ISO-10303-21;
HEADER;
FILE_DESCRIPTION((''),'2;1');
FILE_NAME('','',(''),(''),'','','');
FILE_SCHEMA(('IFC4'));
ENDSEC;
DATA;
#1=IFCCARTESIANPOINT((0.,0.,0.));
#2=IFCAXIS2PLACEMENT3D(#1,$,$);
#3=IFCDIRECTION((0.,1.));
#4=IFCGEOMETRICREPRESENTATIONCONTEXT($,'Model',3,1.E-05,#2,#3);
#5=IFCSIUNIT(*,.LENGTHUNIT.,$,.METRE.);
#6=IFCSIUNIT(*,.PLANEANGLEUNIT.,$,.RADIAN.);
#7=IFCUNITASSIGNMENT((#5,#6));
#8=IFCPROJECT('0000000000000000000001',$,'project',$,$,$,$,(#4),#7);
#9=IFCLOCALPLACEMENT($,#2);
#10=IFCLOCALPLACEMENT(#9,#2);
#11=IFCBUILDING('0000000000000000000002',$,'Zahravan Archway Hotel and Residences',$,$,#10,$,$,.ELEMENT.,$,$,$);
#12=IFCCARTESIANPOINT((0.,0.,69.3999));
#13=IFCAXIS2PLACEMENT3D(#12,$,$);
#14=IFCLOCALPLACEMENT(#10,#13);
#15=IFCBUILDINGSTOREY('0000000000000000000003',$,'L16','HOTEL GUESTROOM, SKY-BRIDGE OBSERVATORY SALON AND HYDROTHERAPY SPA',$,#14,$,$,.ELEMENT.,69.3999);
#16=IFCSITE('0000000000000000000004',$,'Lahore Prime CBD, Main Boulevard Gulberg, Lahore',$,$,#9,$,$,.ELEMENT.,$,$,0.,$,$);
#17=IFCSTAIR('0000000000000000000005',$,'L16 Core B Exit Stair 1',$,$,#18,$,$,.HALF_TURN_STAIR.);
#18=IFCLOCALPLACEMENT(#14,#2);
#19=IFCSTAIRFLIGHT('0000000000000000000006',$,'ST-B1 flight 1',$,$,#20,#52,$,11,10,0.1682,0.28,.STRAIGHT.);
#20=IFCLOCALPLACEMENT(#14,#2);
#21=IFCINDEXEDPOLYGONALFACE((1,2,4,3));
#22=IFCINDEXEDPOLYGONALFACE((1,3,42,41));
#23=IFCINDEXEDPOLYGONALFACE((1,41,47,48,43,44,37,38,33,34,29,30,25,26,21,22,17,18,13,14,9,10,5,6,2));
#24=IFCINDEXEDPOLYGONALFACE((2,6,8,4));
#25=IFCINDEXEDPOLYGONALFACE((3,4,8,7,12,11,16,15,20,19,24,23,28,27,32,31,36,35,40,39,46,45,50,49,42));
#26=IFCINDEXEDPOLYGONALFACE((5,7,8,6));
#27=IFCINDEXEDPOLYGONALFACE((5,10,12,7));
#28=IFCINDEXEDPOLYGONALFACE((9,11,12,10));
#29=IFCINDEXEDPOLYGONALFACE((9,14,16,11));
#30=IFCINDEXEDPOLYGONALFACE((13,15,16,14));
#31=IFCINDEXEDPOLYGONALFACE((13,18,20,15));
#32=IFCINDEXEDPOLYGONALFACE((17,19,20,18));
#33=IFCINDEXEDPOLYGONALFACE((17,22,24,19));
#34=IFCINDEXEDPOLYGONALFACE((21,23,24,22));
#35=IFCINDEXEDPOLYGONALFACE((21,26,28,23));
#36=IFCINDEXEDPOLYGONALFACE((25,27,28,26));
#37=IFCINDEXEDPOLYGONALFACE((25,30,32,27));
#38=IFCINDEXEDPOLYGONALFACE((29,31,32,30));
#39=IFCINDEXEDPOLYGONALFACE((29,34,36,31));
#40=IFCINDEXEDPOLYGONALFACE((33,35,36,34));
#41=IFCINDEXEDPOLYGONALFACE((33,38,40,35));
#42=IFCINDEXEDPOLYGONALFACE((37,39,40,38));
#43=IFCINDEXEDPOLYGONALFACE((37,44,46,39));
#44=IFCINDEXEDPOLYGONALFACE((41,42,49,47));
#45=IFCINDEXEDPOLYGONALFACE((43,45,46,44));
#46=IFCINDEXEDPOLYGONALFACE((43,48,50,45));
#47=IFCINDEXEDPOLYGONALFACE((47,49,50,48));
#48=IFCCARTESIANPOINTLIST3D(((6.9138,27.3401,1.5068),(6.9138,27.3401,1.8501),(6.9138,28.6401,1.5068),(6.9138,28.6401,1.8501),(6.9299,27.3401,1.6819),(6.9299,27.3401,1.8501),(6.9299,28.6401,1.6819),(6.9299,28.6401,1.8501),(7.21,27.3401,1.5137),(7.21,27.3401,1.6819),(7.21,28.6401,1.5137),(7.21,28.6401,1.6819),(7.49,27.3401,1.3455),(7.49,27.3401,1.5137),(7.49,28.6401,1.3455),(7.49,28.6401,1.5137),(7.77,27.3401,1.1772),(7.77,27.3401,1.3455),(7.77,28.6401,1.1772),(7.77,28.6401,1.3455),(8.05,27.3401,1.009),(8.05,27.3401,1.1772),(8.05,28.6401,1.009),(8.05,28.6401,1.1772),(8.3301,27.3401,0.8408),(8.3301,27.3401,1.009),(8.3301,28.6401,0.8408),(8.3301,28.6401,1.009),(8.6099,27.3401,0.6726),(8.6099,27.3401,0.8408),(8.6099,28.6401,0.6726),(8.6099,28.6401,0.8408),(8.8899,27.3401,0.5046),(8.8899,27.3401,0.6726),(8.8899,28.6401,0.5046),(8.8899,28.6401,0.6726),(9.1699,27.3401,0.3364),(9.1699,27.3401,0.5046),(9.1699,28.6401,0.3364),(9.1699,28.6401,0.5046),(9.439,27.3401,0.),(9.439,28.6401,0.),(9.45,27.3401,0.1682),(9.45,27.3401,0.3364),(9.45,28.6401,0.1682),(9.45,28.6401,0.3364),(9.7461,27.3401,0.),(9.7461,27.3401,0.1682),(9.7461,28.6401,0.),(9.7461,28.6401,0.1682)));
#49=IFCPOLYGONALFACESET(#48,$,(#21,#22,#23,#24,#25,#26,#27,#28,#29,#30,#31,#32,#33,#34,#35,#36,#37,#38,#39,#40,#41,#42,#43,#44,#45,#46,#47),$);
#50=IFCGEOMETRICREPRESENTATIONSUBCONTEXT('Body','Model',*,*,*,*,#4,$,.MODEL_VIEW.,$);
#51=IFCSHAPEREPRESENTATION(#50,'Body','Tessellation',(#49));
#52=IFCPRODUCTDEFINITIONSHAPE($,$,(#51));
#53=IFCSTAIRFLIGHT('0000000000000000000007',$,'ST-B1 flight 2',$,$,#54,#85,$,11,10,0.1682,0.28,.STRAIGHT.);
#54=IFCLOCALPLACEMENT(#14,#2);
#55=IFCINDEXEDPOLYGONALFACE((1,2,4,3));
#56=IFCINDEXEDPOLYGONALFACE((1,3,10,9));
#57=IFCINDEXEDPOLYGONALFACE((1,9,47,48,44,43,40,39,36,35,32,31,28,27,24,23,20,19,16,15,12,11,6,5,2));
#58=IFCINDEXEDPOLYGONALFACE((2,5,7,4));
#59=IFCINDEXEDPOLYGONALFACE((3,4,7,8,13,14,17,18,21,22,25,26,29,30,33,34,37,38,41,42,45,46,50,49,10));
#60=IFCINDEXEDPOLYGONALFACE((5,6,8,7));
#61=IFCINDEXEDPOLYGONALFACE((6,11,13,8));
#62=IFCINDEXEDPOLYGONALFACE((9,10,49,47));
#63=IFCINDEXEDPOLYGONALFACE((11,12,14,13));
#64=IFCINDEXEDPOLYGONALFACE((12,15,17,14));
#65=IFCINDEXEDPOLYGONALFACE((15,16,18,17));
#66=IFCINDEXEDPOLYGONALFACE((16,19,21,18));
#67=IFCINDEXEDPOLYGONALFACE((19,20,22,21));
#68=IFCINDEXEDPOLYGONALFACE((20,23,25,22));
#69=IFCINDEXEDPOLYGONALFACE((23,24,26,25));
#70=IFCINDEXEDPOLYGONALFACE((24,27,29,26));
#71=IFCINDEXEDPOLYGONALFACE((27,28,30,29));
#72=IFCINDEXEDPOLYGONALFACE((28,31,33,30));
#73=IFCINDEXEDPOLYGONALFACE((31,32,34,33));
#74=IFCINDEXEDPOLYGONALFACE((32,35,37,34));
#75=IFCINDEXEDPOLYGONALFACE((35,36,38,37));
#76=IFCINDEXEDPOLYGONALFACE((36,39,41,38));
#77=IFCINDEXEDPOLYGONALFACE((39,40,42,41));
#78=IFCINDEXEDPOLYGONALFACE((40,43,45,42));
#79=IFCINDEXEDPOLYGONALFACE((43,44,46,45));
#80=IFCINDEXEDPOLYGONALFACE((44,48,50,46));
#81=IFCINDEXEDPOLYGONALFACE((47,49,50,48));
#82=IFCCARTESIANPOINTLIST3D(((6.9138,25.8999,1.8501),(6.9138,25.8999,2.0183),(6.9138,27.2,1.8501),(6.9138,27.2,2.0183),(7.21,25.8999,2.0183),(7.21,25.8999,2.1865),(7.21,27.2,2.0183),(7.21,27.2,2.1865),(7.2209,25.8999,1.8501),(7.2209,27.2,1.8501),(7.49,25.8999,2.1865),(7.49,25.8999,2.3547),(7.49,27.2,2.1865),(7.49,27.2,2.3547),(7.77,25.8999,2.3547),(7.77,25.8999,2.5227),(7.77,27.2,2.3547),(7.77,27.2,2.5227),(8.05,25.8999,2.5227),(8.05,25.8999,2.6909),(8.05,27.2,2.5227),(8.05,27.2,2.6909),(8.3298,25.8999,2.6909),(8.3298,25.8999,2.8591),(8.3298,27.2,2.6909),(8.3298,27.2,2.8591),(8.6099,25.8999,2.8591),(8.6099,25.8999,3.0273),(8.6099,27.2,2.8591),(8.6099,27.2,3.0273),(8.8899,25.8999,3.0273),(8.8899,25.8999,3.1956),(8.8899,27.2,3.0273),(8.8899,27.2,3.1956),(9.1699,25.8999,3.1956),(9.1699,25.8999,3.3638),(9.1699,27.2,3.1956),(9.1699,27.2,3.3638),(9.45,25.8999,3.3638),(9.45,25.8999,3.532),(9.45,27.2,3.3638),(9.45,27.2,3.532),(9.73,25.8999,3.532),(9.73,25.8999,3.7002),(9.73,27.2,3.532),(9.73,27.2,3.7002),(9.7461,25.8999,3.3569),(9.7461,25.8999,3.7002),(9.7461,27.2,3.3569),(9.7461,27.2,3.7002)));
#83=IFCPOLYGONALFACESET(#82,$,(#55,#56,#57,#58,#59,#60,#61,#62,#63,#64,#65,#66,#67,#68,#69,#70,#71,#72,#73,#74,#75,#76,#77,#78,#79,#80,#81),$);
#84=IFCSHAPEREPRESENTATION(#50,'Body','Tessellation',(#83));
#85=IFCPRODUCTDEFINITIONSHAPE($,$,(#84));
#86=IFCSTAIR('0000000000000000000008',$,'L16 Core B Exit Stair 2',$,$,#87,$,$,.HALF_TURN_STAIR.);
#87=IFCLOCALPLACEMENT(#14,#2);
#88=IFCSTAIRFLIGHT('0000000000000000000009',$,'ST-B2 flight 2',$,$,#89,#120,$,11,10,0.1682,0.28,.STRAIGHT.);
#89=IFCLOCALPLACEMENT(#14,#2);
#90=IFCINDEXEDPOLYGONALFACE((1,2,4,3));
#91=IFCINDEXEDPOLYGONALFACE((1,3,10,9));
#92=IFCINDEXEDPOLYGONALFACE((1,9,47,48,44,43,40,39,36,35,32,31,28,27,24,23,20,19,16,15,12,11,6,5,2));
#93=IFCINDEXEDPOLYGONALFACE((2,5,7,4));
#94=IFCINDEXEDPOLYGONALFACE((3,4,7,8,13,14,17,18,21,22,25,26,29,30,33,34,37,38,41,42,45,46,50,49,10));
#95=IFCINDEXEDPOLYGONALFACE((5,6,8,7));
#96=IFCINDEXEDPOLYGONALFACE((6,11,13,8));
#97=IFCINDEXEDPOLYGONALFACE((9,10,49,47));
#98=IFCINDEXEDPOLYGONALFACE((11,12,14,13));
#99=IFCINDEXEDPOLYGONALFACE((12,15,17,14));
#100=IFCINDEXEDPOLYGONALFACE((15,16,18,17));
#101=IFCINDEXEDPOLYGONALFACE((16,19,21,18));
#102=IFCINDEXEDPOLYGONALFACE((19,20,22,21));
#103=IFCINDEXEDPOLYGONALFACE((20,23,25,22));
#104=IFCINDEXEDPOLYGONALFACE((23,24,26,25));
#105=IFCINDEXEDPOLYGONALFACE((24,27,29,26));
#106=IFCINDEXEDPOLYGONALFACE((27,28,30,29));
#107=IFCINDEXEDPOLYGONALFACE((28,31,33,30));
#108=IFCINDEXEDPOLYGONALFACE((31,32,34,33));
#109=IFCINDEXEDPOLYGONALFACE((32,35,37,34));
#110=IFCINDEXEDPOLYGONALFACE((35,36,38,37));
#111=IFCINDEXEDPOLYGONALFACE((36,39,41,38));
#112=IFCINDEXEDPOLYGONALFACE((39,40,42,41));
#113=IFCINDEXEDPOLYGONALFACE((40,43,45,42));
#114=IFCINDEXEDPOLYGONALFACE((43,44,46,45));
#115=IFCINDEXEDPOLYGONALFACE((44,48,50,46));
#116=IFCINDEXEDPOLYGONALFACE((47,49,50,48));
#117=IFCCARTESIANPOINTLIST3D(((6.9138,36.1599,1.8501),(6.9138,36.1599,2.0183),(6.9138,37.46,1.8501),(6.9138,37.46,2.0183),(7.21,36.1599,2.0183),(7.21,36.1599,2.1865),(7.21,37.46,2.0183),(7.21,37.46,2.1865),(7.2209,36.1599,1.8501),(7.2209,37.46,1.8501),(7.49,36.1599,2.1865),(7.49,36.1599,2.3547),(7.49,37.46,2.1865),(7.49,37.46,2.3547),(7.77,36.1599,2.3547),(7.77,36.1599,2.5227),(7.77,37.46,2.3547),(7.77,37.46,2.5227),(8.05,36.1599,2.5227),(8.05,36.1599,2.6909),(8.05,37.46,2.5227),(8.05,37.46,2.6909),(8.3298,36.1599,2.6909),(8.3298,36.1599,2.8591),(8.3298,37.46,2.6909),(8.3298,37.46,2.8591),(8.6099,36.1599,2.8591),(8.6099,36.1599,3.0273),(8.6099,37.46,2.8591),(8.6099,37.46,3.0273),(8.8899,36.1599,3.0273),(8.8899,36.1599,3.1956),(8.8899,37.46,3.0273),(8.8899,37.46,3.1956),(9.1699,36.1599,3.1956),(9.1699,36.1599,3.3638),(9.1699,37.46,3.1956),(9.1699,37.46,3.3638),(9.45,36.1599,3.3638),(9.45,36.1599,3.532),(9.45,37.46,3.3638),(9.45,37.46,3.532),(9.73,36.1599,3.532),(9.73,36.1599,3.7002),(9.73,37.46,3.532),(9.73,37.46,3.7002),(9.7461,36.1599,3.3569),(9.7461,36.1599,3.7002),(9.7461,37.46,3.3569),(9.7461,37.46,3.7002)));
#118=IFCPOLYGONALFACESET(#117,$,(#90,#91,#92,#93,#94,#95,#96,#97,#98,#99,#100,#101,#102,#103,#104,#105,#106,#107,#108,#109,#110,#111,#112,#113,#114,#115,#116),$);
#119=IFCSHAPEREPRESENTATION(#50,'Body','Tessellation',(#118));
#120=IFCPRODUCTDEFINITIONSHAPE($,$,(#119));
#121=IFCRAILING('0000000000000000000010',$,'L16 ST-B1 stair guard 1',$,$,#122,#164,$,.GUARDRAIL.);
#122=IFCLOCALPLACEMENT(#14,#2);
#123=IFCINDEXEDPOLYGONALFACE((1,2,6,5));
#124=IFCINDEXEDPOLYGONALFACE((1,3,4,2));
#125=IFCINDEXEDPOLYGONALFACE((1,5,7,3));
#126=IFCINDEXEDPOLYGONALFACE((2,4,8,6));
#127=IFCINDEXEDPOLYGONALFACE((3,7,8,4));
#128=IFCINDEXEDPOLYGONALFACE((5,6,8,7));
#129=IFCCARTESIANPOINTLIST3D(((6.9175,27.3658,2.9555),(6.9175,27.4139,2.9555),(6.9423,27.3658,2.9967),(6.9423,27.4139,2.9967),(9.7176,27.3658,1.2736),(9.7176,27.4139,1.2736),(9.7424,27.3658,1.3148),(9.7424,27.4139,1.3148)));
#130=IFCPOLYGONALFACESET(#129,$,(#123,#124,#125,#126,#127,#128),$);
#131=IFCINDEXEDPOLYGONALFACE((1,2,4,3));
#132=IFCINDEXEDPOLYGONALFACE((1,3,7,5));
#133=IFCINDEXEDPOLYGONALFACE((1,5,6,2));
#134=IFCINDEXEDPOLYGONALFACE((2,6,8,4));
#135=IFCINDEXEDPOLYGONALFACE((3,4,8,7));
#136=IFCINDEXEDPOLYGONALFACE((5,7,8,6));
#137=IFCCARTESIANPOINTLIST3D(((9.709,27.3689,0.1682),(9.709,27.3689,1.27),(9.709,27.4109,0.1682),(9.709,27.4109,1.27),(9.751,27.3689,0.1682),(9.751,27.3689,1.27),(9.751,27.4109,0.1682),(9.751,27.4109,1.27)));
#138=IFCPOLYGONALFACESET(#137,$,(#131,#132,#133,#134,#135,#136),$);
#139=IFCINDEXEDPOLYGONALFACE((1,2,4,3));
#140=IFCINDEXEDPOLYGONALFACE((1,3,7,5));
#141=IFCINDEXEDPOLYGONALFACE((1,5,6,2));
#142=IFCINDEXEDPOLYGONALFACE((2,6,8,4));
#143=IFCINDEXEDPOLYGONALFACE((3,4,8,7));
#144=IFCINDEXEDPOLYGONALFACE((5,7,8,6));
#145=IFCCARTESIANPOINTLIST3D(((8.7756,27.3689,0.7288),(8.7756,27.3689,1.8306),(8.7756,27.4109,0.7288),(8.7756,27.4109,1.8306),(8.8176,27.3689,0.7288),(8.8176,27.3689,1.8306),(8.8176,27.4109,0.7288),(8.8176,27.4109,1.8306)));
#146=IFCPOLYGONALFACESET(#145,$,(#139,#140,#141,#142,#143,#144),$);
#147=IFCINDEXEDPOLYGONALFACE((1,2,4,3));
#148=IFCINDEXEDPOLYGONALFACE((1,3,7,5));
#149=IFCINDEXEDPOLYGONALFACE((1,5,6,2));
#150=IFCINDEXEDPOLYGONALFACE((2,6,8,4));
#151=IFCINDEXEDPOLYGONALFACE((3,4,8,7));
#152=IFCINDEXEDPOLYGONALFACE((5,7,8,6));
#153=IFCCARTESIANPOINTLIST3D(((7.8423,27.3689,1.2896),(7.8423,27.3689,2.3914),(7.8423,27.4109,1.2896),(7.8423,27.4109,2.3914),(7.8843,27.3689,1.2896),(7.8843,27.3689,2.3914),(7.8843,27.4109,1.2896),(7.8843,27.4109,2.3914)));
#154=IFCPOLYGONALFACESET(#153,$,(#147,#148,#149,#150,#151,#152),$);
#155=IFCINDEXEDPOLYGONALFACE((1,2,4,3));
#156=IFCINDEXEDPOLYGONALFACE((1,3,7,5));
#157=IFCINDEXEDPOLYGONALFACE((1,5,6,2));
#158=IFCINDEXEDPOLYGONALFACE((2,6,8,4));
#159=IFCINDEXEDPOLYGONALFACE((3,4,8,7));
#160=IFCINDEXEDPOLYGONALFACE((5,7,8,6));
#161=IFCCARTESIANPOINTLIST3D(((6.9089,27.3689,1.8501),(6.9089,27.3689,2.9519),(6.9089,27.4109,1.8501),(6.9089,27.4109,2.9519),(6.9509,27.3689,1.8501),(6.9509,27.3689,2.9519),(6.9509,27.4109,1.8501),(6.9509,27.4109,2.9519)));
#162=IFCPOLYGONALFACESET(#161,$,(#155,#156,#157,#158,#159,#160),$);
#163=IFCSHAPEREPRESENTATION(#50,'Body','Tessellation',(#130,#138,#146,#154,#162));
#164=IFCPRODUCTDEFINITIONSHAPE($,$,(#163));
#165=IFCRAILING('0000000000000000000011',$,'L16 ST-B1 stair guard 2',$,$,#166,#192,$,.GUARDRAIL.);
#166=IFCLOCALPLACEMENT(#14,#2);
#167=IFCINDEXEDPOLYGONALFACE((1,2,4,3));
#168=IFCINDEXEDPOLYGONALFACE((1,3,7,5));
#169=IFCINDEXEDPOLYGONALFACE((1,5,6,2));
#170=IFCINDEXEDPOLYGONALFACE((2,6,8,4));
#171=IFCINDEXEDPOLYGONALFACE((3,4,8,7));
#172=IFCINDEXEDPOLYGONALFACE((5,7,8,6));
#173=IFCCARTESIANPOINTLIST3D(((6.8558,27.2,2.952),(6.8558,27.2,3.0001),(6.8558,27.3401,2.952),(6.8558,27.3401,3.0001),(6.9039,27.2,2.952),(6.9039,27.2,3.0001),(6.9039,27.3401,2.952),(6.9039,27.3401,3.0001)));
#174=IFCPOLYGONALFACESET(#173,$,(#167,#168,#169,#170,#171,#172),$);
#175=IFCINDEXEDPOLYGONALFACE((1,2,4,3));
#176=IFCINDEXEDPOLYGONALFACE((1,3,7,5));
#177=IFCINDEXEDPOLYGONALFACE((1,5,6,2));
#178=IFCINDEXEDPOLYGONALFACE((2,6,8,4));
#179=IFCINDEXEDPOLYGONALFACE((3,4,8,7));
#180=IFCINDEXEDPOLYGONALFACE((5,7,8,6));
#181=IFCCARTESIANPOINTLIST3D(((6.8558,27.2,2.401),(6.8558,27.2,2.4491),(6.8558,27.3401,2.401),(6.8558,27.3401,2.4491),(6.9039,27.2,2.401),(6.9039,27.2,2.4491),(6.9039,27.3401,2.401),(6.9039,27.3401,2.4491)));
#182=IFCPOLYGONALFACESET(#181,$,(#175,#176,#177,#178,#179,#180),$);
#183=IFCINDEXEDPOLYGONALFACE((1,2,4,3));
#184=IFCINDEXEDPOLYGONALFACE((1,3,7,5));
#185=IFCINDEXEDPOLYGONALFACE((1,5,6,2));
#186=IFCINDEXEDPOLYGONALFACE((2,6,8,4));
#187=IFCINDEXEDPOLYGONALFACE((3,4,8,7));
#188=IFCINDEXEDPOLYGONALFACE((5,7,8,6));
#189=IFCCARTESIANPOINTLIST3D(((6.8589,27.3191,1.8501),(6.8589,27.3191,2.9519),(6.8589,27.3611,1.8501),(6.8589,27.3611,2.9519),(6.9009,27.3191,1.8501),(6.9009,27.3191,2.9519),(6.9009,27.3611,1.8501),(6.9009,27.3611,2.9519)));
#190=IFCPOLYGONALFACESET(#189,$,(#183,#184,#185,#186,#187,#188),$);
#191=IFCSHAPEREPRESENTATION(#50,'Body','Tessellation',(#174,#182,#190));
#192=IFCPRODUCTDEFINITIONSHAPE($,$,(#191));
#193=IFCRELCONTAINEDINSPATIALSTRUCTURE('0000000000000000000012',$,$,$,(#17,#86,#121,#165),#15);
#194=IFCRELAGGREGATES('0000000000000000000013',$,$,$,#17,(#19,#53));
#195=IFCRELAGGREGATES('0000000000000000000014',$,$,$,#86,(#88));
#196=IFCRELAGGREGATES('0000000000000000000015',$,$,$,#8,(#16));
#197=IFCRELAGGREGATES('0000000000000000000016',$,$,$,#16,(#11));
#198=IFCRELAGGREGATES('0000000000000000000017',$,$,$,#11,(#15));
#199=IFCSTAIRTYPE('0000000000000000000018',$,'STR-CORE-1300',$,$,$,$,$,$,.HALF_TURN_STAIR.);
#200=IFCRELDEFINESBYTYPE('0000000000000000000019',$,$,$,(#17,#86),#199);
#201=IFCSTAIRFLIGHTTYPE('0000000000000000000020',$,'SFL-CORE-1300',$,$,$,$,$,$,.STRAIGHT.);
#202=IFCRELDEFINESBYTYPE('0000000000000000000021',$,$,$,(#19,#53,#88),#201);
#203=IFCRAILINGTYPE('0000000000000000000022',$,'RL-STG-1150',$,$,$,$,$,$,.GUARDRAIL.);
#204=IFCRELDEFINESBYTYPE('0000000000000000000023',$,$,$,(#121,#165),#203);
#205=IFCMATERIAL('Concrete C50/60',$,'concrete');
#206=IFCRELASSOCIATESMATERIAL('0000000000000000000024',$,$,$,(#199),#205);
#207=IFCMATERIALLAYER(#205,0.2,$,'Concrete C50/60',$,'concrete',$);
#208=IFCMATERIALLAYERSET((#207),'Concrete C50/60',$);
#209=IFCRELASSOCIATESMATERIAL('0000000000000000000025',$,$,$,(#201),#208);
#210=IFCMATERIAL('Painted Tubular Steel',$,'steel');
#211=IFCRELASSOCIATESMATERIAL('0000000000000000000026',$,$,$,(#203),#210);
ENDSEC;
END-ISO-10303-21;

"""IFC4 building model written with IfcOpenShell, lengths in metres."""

from ifc_helpers import new_model, si_unit, direction, frame, origin, origin_2d, place, context, subcontext, project, spatial, polyline, rectangle, outline, extrude, source, transform, mapped, material, layer, layer_set, type_object, element, aggregate, save


model = new_model("IFC4")

# Units and contexts
model_context = context("Model", 3, precision=1e-05, world=origin(), true_north=direction((0.0, 1.0)))
body_context = subcontext(model_context, "Body", "Model", "MODEL_VIEW")
ifc_project = project(units=[si_unit("LENGTHUNIT", "METRE"), si_unit("PLANEANGLEUNIT", "RADIAN")], contexts=[model_context])

# Site, building, storey
site_placement = place(None, origin())
site = spatial("IfcSite", under=ifc_project, at=site_placement, Name="Lahore Prime CBD, Main Boulevard Gulberg, Lahore", CompositionType="ELEMENT", RefElevation=0.0)
building_placement = place(site_placement, origin())
building = spatial("IfcBuilding", under=site, at=building_placement, Name="Zahravan Archway Hotel and Residences", CompositionType="ELEMENT")
storey_placement = place(building_placement, frame((0.0, 0.0, 69.3999)))
storey = spatial("IfcBuildingStorey", under=building, at=storey_placement, Name="L16", Description="HOTEL GUESTROOM, SKY-BRIDGE OBSERVATORY SALON AND HYDROTHERAPY SPA", CompositionType="ELEMENT", Elevation=69.3999)

# Shared definitions
ifc_material_1 = material(Name="Concrete C50/60", Category="concrete")

# Stair, stair flights
stair_type = type_object("IfcStairType", Name="STR-CORE-1300", PredefinedType="HALF_TURN_STAIR", material=ifc_material_1)
stair_1_placement = place(storey_placement, origin())
stair_1 = element("IfcStair", 1, at=stair_1_placement, inside=storey, type_object=stair_type, Name="L16 Core B Exit Stair 1", PredefinedType="HALF_TURN_STAIR")
ifc_layer_1 = layer(ifc_material_1, 0.2, Name="Concrete C50/60", Category="concrete")
ifc_layer_set_1 = layer_set([ifc_layer_1], Name="Concrete C50/60")
stair_flight_type = type_object("IfcStairFlightType", Name="SFL-CORE-1300", PredefinedType="STRAIGHT", material=ifc_layer_set_1)
shared_shape_1 = source(origin(), body_context, "Body", "SweptSolid", [
    extrude(outline(polyline([(-0.0161, 0.0), (-0.0161, 0.1682), (0.28, 0.1682), (0.28, 0.3364), (0.5601, 0.3364), (0.5601, 0.5046), (0.8401, 0.5046), (0.8401, 0.6726), (1.1201, 0.6726), (1.1201, 0.8408), (1.3999, 0.8408), (1.3999, 1.009), (1.6799, 1.009), (1.6799, 1.1772), (1.96, 1.1772), (1.96, 1.3455), (2.24, 1.3455), (2.24, 1.5137), (2.52, 1.5137), (2.52, 1.6819), (2.8, 1.6819), (2.8, 1.8501), (2.8162, 1.8501), (2.8162, 1.5068), (0.291, 0.0), (-0.0161, 0.0)])), frame((0.0, 0.6499, 0.0), z_axis=(0.0, -1.0, 0.0), x_axis=(1.0, 0.0, 0.0)), (0.0, 0.0, 1.0), 1.3),
])
stair_flight_1_placement = place(storey_placement, frame((9.73, 27.99, 0.0), z_axis=(0.0, 0.0, 1.0), x_axis=(-1.0, 0.0, 0.0)))
stair_flight_1 = element("IfcStairFlight", 2, at=stair_flight_1_placement, type_object=stair_flight_type, Name="ST-B1 flight 1", NumberOfRisers=11, NumberOfTreads=10, PredefinedType="STRAIGHT", RiserHeight=0.1682, TreadLength=0.28, context=body_context, shape_type="MappedRepresentation", body=[
    mapped(shared_shape_1, transform((0.0, 0.0, 0.0), scale=1.0)),
])
stair_flight_2_placement = place(storey_placement, frame((6.9299, 26.55, 1.8501), z_axis=(0.0, 0.0, 1.0), x_axis=(1.0, 0.0, 0.0)))
stair_flight_2 = element("IfcStairFlight", 3, at=stair_flight_2_placement, type_object=stair_flight_type, Name="ST-B1 flight 2", NumberOfRisers=11, NumberOfTreads=10, PredefinedType="STRAIGHT", RiserHeight=0.1682, TreadLength=0.28, context=body_context, shape_type="MappedRepresentation", body=[
    mapped(shared_shape_1, transform((0.0, 0.0, 0.0), scale=1.0)),
])
aggregate(stair_1, [stair_flight_1, stair_flight_2])

# Stair, stair flight
stair_2_placement = place(storey_placement, origin())
stair_2 = element("IfcStair", 4, at=stair_2_placement, inside=storey, type_object=stair_type, Name="L16 Core B Exit Stair 2", PredefinedType="HALF_TURN_STAIR")
stair_flight_3_placement = place(storey_placement, frame((6.9299, 36.8101, 1.8501), z_axis=(0.0, 0.0, 1.0), x_axis=(1.0, 0.0, 0.0)))
stair_flight_3 = element("IfcStairFlight", 5, at=stair_flight_3_placement, type_object=stair_flight_type, Name="ST-B2 flight 2", NumberOfRisers=11, NumberOfTreads=10, PredefinedType="STRAIGHT", RiserHeight=0.1682, TreadLength=0.28, context=body_context, shape_type="MappedRepresentation", body=[
    mapped(shared_shape_1, transform((0.0, 0.0, 0.0), scale=1.0)),
])
aggregate(stair_2, [stair_flight_3])

# Railings
ifc_material_2 = material(Name="Painted Tubular Steel", Category="steel")
railing_type_1 = type_object("IfcRailingType", Name="RL-STG-1150", PredefinedType="GUARDRAIL", material=ifc_material_2)
railing_1_placement = place(storey_placement, frame((9.73, 27.3899, 0.1682)))
element("IfcRailing", 6, at=railing_1_placement, inside=storey, type_object=railing_type_1, Name="L16 ST-B1 stair guard 1", PredefinedType="GUARDRAIL", context=body_context, shape_type="SweptSolid", body=[
    extrude(rectangle(XDim=0.0481, YDim=0.0481, at=origin_2d()), frame((0.0, 0.0, 1.126), z_axis=(-0.857242, 0.0, 0.514913), x_axis=(0.0, -1.0, 0.0)), (0.0, 0.0, 1.0), 3.2664),
    extrude(rectangle(XDim=0.042, YDim=0.042, at=origin_2d()), origin(), (0.0, 0.0, 1.0), 1.1018),
    extrude(rectangle(XDim=0.042, YDim=0.042, at=origin_2d()), frame((-0.9333, 0.0, 0.5605)), (0.0, 0.0, 1.0), 1.1018),
    extrude(rectangle(XDim=0.042, YDim=0.042, at=origin_2d()), frame((-1.8667, 0.0, 1.1213)), (0.0, 0.0, 1.0), 1.1018),
    extrude(rectangle(XDim=0.042, YDim=0.042, at=origin_2d()), frame((-2.8, 0.0, 1.6819)), (0.0, 0.0, 1.0), 1.1018),
])
railing_2_placement = place(storey_placement, frame((6.8799, 27.3401, 1.8501)))
element("IfcRailing", 7, at=railing_2_placement, inside=storey, type_object=railing_type_1, Name="L16 ST-B1 stair guard 2", PredefinedType="GUARDRAIL", context=body_context, shape_type="SweptSolid", body=[
    extrude(rectangle(XDim=0.0481, YDim=0.0481, at=origin_2d()), frame((0.0, 0.0, 1.126), z_axis=(0.0, -1.0, 0.0), x_axis=(1.0, 0.0, 0.0)), (0.0, 0.0, 1.0), 0.1401),
    extrude(rectangle(XDim=0.0481, YDim=0.0481, at=origin_2d()), frame((0.0, 0.0, 0.575), z_axis=(0.0, -1.0, 0.0), x_axis=(1.0, 0.0, 0.0)), (0.0, 0.0, 1.0), 0.1401),
    extrude(rectangle(XDim=0.042, YDim=0.042, at=origin_2d()), origin(), (0.0, 0.0, 1.0), 1.1018),
])

save(model, "model.ifc")
